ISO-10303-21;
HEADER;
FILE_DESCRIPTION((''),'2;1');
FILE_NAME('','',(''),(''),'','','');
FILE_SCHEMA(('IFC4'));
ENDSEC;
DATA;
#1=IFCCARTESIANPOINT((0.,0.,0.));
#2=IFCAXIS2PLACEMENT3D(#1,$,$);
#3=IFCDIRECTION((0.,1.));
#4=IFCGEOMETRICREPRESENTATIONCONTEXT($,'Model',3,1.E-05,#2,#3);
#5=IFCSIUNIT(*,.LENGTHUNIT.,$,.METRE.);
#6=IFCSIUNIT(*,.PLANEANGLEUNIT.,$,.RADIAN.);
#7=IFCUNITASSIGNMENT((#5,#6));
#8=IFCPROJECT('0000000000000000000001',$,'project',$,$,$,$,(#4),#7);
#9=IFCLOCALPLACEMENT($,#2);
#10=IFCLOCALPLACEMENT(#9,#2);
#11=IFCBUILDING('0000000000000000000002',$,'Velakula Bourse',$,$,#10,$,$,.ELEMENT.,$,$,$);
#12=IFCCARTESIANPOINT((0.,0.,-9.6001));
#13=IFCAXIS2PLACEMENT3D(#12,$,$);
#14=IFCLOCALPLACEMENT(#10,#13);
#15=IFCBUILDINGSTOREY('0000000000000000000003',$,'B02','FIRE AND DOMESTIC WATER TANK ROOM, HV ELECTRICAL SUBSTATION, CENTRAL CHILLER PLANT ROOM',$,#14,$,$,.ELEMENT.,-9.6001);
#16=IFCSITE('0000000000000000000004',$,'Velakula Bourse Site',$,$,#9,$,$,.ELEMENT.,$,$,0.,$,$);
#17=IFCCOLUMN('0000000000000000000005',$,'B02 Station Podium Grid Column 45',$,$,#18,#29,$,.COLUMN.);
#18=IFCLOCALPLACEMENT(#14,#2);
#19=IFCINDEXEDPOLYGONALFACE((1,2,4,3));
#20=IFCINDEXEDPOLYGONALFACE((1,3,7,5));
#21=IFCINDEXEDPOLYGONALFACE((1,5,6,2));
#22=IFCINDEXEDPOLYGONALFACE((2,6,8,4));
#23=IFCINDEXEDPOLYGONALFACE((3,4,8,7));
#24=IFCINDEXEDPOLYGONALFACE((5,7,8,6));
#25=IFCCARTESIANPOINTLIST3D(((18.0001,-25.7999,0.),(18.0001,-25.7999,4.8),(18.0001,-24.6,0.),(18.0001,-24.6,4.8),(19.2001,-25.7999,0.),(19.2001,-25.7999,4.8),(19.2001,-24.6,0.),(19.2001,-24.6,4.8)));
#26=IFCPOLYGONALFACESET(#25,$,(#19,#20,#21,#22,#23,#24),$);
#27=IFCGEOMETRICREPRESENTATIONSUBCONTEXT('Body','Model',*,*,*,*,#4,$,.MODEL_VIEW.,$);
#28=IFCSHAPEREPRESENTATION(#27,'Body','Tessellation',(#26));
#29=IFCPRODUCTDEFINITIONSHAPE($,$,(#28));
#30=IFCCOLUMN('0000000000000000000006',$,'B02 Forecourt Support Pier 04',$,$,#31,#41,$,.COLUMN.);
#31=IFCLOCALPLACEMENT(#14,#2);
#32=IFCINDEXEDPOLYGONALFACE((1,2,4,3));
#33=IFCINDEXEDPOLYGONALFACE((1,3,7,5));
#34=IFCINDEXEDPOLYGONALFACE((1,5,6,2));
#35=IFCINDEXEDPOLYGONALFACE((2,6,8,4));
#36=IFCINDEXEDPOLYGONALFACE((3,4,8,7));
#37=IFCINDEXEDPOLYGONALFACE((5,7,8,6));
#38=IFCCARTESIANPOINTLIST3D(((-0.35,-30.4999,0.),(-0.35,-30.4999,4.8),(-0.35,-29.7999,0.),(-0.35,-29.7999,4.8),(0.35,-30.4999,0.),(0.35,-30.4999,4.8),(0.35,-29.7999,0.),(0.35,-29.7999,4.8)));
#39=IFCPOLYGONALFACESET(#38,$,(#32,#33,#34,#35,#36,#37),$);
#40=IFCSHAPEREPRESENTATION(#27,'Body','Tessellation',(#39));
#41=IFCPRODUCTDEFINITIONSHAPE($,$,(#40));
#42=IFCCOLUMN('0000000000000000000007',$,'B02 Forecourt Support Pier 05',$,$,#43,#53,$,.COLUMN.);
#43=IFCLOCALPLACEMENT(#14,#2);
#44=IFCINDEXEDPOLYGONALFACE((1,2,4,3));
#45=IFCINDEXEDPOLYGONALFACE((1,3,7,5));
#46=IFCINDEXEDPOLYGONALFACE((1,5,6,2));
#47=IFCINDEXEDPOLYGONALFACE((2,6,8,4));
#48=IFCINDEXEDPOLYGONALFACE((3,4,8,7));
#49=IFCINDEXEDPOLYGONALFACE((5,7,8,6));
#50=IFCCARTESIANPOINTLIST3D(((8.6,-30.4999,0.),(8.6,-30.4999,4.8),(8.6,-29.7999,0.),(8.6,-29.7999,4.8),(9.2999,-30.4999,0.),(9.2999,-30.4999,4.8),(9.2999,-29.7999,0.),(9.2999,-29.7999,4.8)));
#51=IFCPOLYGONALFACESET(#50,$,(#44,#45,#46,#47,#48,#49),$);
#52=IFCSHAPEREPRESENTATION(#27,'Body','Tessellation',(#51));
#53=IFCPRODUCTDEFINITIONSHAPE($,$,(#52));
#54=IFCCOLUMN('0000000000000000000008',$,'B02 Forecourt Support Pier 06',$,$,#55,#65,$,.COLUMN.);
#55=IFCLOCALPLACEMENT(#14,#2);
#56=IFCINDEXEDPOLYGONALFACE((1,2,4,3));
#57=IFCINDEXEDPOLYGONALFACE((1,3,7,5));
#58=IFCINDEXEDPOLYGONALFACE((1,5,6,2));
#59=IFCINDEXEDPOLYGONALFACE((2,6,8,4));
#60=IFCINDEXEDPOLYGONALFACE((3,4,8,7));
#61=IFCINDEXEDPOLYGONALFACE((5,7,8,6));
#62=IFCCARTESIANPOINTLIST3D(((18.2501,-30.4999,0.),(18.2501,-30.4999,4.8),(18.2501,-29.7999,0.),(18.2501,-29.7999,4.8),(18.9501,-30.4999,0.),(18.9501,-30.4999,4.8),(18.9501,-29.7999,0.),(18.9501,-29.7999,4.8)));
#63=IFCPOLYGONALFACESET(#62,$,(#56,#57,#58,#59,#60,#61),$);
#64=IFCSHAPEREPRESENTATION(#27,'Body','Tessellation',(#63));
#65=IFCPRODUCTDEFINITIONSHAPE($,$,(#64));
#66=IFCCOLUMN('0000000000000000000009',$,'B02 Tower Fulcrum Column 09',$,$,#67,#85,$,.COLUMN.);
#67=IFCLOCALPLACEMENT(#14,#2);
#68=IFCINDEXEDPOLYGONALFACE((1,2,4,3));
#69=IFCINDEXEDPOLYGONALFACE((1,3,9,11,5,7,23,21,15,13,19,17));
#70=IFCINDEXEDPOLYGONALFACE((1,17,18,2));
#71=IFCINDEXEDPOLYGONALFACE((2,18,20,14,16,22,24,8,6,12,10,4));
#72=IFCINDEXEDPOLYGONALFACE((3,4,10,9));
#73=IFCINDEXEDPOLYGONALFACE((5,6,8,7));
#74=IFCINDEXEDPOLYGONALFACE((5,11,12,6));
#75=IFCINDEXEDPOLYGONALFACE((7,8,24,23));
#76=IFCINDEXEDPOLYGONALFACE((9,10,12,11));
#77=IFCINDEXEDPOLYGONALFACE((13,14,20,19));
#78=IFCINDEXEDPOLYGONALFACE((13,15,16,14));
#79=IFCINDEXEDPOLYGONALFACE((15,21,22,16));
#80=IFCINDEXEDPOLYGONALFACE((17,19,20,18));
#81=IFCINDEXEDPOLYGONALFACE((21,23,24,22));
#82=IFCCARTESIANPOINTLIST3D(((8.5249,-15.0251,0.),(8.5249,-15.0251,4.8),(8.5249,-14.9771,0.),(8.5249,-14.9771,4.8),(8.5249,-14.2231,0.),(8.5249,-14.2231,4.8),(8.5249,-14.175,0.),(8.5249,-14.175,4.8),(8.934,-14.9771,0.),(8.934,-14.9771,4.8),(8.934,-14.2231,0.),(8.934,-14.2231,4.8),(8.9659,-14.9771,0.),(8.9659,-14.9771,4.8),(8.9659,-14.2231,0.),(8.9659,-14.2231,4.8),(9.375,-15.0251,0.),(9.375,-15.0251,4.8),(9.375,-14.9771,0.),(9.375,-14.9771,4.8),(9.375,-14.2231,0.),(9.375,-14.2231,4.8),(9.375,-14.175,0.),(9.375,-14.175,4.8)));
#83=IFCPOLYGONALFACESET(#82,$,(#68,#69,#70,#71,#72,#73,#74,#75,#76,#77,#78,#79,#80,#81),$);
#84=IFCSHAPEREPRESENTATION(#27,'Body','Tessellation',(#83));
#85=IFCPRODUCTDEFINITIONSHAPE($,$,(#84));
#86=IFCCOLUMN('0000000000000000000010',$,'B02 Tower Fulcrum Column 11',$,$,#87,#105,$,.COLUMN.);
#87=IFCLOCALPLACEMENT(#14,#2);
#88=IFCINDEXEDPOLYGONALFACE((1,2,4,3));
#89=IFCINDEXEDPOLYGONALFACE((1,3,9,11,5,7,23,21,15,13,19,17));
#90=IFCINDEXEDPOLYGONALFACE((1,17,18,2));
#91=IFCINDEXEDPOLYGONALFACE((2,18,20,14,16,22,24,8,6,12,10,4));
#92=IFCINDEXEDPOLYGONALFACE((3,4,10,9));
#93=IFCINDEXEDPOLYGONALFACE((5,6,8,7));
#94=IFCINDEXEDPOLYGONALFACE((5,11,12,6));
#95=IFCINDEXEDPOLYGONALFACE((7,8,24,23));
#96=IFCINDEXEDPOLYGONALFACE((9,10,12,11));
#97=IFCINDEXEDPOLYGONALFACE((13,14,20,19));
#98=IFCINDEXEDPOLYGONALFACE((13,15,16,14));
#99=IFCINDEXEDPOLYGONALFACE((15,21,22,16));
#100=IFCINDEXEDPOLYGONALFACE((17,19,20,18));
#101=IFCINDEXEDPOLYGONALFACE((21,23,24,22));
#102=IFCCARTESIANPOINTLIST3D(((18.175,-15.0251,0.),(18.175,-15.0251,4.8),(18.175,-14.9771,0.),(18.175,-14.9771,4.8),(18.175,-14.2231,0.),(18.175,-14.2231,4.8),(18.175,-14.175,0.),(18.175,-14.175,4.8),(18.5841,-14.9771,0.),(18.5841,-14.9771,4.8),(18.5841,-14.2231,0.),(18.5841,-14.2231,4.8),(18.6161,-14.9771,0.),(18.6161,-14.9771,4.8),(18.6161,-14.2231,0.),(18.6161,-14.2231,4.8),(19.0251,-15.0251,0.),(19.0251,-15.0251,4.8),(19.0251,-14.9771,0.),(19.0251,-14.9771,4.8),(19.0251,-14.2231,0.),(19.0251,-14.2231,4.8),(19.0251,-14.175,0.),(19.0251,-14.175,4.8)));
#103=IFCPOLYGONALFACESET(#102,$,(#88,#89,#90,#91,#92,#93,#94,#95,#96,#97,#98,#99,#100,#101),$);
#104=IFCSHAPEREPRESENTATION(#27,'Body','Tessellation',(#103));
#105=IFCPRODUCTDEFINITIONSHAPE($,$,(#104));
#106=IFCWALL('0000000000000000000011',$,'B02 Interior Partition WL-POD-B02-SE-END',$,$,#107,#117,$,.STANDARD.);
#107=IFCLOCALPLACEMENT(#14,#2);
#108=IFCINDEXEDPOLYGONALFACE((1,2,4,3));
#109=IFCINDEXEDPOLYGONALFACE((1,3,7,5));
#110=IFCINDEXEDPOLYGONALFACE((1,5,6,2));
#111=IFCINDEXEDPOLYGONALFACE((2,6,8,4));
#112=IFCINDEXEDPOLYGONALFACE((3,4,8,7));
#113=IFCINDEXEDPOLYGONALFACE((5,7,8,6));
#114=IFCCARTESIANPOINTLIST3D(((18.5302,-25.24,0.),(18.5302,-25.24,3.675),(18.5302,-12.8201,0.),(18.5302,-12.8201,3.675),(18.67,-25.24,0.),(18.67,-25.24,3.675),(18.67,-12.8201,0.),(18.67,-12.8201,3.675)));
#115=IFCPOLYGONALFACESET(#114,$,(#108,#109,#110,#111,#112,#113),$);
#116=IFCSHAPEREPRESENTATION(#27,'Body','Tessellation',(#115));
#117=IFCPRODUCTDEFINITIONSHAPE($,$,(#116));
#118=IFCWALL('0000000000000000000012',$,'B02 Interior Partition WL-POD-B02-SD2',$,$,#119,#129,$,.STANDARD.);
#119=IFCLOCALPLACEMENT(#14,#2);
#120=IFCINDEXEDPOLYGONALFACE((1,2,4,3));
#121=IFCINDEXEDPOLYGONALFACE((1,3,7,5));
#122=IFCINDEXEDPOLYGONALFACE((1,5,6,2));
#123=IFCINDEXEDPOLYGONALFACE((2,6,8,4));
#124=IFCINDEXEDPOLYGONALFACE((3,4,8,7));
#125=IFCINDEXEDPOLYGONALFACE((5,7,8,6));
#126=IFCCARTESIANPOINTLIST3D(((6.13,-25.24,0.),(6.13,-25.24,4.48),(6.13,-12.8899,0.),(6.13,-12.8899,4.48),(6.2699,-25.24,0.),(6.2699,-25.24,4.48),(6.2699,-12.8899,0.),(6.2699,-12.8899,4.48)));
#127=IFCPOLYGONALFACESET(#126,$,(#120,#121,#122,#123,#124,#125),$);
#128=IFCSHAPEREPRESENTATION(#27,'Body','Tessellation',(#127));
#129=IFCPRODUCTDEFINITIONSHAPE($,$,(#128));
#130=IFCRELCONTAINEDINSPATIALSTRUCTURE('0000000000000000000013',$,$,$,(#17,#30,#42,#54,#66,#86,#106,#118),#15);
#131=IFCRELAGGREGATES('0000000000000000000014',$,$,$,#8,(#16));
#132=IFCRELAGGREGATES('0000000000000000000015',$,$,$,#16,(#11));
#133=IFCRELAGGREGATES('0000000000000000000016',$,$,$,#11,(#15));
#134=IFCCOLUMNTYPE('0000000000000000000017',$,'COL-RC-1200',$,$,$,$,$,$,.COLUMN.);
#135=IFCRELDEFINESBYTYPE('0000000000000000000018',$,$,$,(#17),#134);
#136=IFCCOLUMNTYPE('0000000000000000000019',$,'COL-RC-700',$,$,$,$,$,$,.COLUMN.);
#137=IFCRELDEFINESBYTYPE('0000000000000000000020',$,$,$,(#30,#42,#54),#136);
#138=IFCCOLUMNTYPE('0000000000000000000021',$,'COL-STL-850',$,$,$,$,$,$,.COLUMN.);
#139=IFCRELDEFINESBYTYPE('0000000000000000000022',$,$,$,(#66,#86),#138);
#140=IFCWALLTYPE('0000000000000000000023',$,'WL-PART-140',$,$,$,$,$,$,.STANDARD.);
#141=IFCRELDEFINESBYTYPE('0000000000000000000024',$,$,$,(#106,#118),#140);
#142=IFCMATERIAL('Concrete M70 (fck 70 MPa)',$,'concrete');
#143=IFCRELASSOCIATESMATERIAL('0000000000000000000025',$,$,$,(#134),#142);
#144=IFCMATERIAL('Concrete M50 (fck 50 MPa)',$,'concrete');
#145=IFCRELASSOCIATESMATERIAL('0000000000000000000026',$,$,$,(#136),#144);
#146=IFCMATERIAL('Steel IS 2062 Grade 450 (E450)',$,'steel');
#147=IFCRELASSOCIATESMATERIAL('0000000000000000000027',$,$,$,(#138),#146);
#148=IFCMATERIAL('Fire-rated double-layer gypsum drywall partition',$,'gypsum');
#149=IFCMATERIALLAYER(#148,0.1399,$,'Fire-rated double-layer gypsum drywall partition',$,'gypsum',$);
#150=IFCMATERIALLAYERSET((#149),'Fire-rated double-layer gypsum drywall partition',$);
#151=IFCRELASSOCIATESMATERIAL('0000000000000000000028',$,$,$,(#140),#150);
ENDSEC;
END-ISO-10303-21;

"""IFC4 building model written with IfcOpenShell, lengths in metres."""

from ifc_helpers import new_model, si_unit, direction, frame, frame_2d, origin, origin_2d, place, context, subcontext, project, spatial, rectangle, i_section, extrude, material, layer, layer_set, material_profile, profile_set, type_object, element, save


model = new_model("IFC4")

# Units and contexts
model_context = context("Model", 3, precision=1e-05, world=origin(), true_north=direction((0.0, 1.0)))
body_context = subcontext(model_context, "Body", "Model", "MODEL_VIEW")
ifc_project = project(units=[si_unit("LENGTHUNIT", "METRE"), si_unit("PLANEANGLEUNIT", "RADIAN")], contexts=[model_context])

# Site, building, storey
site_placement = place(None, origin())
site = spatial("IfcSite", under=ifc_project, at=site_placement, Name="Velakula Bourse Site", CompositionType="ELEMENT", RefElevation=0.0)
building_placement = place(site_placement, origin())
building = spatial("IfcBuilding", under=site, at=building_placement, Name="Velakula Bourse", CompositionType="ELEMENT")
storey_placement = place(building_placement, frame((0.0, 0.0, -9.6001)))
storey = spatial("IfcBuildingStorey", under=building, at=storey_placement, Name="B02", Description="FIRE AND DOMESTIC WATER TANK ROOM, HV ELECTRICAL SUBSTATION, CENTRAL CHILLER PLANT ROOM", CompositionType="ELEMENT", Elevation=-9.6001)

# Shared definitions
ifc_material_1 = material(Name="Concrete M70 (fck 70 MPa)", Category="concrete")
ifc_material_2 = material(Name="Concrete M50 (fck 50 MPa)", Category="concrete")

# Columns
ifc_material_profile_1 = material_profile(ifc_material_1, rectangle(XDim=1.2, YDim=1.2, at=origin_2d()), Name="Concrete M70 (fck 70 MPa)")
ifc_profile_set_1 = profile_set([ifc_material_profile_1], Name="Concrete M70 (fck 70 MPa)")
column_type_1 = type_object("IfcColumnType", Name="COL-RC-1200", PredefinedType="COLUMN", material=ifc_profile_set_1)
for number, where, z_axis, x_axis, name in (
    (1, (18.6001, -25.2, 0.0), (0.0, 0.0, 1.0), (1.0, 0.0, 0.0), "B02 Station Podium Grid Column 45"),
):
    element("IfcColumn", number, at=place(storey_placement, frame(where, z_axis=z_axis, x_axis=x_axis)), inside=storey, type_object=column_type_1, Name=name, PredefinedType="COLUMN", context=body_context, shape_type="SweptSolid", body=[
        extrude(rectangle(XDim=1.2, YDim=1.2, at=origin_2d()), origin(), (0.0, 0.0, 1.0), 4.8),
    ])
ifc_material_profile_2 = material_profile(ifc_material_2, rectangle(XDim=0.7, YDim=0.7, at=origin_2d()), Name="Concrete M50 (fck 50 MPa)")
ifc_profile_set_2 = profile_set([ifc_material_profile_2], Name="Concrete M50 (fck 50 MPa)")
column_type_2 = type_object("IfcColumnType", Name="COL-RC-700", PredefinedType="COLUMN", material=ifc_profile_set_2)
for number, where, z_axis, x_axis, name in (
    (2, (0.0, -30.1499, 0.0), (0.0, 0.0, 1.0), (1.0, 0.0, 0.0), "B02 Forecourt Support Pier 04"),
    (3, (8.95, -30.1499, 0.0), (0.0, 0.0, 1.0), (1.0, 0.0, 0.0), "B02 Forecourt Support Pier 05"),
    (4, (18.6001, -30.1499, 0.0), (0.0, 0.0, 1.0), (1.0, 0.0, 0.0), "B02 Forecourt Support Pier 06"),
):
    element("IfcColumn", number, at=place(storey_placement, frame(where, z_axis=z_axis, x_axis=x_axis)), inside=storey, type_object=column_type_2, Name=name, PredefinedType="COLUMN", context=body_context, shape_type="SweptSolid", body=[
        extrude(rectangle(XDim=0.7, YDim=0.7, at=origin_2d()), origin(), (0.0, 0.0, 1.0), 4.8),
    ])
ifc_material_3 = material(Name="Steel IS 2062 Grade 450 (E450)", Category="steel")
ifc_material_profile_3 = material_profile(ifc_material_3, i_section(OverallWidth=0.8501, OverallDepth=0.8501, WebThickness=0.032, FlangeThickness=0.0481, at=origin_2d()), Name="Steel IS 2062 Grade 450 (E450)")
ifc_profile_set_3 = profile_set([ifc_material_profile_3], Name="Steel IS 2062 Grade 450 (E450)")
column_type_3 = type_object("IfcColumnType", Name="COL-STL-850", PredefinedType="COLUMN", material=ifc_profile_set_3)
for number, where, z_axis, x_axis, name in (
    (5, (8.95, -14.6001, 0.0), (0.0, 0.0, 1.0), (1.0, 0.0, 0.0), "B02 Tower Fulcrum Column 09"),
    (6, (18.6001, -14.6001, 0.0), (0.0, 0.0, 1.0), (1.0, 0.0, 0.0), "B02 Tower Fulcrum Column 11"),
):
    element("IfcColumn", number, at=place(storey_placement, frame(where, z_axis=z_axis, x_axis=x_axis)), inside=storey, type_object=column_type_3, Name=name, PredefinedType="COLUMN", context=body_context, shape_type="SweptSolid", body=[
        extrude(i_section(OverallWidth=0.8501, OverallDepth=0.8501, WebThickness=0.032, FlangeThickness=0.0481, at=origin_2d()), origin(), (0.0, 0.0, 1.0), 4.8),
    ])

# Walls
ifc_material_4 = material(Name="Fire-rated double-layer gypsum drywall partition", Category="gypsum")
ifc_layer = layer(ifc_material_4, 0.1399, Name="Fire-rated double-layer gypsum drywall partition", Category="gypsum")
ifc_layer_set = layer_set([ifc_layer], Name="Fire-rated double-layer gypsum drywall partition")
wall_type = type_object("IfcWallType", Name="WL-PART-140", PredefinedType="STANDARD", material=ifc_layer_set)
wall_1_placement = place(storey_placement, frame((18.6001, -25.24, 0.0), z_axis=(0.0, 0.0, 1.0), x_axis=(0.0, 1.0, 0.0)))
element("IfcWall", 7, at=wall_1_placement, inside=storey, type_object=wall_type, Name="B02 Interior Partition WL-POD-B02-SE-END", PredefinedType="STANDARD", context=body_context, shape_type="SweptSolid", body=[
    extrude(rectangle(XDim=12.4199, YDim=0.1399, at=frame_2d((6.21, 0.0))), origin(), (0.0, 0.0, 1.0), 3.675),
])
wall_2_placement = place(storey_placement, frame((6.2, -25.24, 0.0), z_axis=(0.0, 0.0, 1.0), x_axis=(0.0, 1.0, 0.0)))
element("IfcWall", 8, at=wall_2_placement, inside=storey, type_object=wall_type, Name="B02 Interior Partition WL-POD-B02-SD2", PredefinedType="STANDARD", context=body_context, shape_type="SweptSolid", body=[
    extrude(rectangle(XDim=12.3501, YDim=0.1399, at=frame_2d((6.175, 0.0))), origin(), (0.0, 0.0, 1.0), 4.48),
])

save(model, "model.ifc")
